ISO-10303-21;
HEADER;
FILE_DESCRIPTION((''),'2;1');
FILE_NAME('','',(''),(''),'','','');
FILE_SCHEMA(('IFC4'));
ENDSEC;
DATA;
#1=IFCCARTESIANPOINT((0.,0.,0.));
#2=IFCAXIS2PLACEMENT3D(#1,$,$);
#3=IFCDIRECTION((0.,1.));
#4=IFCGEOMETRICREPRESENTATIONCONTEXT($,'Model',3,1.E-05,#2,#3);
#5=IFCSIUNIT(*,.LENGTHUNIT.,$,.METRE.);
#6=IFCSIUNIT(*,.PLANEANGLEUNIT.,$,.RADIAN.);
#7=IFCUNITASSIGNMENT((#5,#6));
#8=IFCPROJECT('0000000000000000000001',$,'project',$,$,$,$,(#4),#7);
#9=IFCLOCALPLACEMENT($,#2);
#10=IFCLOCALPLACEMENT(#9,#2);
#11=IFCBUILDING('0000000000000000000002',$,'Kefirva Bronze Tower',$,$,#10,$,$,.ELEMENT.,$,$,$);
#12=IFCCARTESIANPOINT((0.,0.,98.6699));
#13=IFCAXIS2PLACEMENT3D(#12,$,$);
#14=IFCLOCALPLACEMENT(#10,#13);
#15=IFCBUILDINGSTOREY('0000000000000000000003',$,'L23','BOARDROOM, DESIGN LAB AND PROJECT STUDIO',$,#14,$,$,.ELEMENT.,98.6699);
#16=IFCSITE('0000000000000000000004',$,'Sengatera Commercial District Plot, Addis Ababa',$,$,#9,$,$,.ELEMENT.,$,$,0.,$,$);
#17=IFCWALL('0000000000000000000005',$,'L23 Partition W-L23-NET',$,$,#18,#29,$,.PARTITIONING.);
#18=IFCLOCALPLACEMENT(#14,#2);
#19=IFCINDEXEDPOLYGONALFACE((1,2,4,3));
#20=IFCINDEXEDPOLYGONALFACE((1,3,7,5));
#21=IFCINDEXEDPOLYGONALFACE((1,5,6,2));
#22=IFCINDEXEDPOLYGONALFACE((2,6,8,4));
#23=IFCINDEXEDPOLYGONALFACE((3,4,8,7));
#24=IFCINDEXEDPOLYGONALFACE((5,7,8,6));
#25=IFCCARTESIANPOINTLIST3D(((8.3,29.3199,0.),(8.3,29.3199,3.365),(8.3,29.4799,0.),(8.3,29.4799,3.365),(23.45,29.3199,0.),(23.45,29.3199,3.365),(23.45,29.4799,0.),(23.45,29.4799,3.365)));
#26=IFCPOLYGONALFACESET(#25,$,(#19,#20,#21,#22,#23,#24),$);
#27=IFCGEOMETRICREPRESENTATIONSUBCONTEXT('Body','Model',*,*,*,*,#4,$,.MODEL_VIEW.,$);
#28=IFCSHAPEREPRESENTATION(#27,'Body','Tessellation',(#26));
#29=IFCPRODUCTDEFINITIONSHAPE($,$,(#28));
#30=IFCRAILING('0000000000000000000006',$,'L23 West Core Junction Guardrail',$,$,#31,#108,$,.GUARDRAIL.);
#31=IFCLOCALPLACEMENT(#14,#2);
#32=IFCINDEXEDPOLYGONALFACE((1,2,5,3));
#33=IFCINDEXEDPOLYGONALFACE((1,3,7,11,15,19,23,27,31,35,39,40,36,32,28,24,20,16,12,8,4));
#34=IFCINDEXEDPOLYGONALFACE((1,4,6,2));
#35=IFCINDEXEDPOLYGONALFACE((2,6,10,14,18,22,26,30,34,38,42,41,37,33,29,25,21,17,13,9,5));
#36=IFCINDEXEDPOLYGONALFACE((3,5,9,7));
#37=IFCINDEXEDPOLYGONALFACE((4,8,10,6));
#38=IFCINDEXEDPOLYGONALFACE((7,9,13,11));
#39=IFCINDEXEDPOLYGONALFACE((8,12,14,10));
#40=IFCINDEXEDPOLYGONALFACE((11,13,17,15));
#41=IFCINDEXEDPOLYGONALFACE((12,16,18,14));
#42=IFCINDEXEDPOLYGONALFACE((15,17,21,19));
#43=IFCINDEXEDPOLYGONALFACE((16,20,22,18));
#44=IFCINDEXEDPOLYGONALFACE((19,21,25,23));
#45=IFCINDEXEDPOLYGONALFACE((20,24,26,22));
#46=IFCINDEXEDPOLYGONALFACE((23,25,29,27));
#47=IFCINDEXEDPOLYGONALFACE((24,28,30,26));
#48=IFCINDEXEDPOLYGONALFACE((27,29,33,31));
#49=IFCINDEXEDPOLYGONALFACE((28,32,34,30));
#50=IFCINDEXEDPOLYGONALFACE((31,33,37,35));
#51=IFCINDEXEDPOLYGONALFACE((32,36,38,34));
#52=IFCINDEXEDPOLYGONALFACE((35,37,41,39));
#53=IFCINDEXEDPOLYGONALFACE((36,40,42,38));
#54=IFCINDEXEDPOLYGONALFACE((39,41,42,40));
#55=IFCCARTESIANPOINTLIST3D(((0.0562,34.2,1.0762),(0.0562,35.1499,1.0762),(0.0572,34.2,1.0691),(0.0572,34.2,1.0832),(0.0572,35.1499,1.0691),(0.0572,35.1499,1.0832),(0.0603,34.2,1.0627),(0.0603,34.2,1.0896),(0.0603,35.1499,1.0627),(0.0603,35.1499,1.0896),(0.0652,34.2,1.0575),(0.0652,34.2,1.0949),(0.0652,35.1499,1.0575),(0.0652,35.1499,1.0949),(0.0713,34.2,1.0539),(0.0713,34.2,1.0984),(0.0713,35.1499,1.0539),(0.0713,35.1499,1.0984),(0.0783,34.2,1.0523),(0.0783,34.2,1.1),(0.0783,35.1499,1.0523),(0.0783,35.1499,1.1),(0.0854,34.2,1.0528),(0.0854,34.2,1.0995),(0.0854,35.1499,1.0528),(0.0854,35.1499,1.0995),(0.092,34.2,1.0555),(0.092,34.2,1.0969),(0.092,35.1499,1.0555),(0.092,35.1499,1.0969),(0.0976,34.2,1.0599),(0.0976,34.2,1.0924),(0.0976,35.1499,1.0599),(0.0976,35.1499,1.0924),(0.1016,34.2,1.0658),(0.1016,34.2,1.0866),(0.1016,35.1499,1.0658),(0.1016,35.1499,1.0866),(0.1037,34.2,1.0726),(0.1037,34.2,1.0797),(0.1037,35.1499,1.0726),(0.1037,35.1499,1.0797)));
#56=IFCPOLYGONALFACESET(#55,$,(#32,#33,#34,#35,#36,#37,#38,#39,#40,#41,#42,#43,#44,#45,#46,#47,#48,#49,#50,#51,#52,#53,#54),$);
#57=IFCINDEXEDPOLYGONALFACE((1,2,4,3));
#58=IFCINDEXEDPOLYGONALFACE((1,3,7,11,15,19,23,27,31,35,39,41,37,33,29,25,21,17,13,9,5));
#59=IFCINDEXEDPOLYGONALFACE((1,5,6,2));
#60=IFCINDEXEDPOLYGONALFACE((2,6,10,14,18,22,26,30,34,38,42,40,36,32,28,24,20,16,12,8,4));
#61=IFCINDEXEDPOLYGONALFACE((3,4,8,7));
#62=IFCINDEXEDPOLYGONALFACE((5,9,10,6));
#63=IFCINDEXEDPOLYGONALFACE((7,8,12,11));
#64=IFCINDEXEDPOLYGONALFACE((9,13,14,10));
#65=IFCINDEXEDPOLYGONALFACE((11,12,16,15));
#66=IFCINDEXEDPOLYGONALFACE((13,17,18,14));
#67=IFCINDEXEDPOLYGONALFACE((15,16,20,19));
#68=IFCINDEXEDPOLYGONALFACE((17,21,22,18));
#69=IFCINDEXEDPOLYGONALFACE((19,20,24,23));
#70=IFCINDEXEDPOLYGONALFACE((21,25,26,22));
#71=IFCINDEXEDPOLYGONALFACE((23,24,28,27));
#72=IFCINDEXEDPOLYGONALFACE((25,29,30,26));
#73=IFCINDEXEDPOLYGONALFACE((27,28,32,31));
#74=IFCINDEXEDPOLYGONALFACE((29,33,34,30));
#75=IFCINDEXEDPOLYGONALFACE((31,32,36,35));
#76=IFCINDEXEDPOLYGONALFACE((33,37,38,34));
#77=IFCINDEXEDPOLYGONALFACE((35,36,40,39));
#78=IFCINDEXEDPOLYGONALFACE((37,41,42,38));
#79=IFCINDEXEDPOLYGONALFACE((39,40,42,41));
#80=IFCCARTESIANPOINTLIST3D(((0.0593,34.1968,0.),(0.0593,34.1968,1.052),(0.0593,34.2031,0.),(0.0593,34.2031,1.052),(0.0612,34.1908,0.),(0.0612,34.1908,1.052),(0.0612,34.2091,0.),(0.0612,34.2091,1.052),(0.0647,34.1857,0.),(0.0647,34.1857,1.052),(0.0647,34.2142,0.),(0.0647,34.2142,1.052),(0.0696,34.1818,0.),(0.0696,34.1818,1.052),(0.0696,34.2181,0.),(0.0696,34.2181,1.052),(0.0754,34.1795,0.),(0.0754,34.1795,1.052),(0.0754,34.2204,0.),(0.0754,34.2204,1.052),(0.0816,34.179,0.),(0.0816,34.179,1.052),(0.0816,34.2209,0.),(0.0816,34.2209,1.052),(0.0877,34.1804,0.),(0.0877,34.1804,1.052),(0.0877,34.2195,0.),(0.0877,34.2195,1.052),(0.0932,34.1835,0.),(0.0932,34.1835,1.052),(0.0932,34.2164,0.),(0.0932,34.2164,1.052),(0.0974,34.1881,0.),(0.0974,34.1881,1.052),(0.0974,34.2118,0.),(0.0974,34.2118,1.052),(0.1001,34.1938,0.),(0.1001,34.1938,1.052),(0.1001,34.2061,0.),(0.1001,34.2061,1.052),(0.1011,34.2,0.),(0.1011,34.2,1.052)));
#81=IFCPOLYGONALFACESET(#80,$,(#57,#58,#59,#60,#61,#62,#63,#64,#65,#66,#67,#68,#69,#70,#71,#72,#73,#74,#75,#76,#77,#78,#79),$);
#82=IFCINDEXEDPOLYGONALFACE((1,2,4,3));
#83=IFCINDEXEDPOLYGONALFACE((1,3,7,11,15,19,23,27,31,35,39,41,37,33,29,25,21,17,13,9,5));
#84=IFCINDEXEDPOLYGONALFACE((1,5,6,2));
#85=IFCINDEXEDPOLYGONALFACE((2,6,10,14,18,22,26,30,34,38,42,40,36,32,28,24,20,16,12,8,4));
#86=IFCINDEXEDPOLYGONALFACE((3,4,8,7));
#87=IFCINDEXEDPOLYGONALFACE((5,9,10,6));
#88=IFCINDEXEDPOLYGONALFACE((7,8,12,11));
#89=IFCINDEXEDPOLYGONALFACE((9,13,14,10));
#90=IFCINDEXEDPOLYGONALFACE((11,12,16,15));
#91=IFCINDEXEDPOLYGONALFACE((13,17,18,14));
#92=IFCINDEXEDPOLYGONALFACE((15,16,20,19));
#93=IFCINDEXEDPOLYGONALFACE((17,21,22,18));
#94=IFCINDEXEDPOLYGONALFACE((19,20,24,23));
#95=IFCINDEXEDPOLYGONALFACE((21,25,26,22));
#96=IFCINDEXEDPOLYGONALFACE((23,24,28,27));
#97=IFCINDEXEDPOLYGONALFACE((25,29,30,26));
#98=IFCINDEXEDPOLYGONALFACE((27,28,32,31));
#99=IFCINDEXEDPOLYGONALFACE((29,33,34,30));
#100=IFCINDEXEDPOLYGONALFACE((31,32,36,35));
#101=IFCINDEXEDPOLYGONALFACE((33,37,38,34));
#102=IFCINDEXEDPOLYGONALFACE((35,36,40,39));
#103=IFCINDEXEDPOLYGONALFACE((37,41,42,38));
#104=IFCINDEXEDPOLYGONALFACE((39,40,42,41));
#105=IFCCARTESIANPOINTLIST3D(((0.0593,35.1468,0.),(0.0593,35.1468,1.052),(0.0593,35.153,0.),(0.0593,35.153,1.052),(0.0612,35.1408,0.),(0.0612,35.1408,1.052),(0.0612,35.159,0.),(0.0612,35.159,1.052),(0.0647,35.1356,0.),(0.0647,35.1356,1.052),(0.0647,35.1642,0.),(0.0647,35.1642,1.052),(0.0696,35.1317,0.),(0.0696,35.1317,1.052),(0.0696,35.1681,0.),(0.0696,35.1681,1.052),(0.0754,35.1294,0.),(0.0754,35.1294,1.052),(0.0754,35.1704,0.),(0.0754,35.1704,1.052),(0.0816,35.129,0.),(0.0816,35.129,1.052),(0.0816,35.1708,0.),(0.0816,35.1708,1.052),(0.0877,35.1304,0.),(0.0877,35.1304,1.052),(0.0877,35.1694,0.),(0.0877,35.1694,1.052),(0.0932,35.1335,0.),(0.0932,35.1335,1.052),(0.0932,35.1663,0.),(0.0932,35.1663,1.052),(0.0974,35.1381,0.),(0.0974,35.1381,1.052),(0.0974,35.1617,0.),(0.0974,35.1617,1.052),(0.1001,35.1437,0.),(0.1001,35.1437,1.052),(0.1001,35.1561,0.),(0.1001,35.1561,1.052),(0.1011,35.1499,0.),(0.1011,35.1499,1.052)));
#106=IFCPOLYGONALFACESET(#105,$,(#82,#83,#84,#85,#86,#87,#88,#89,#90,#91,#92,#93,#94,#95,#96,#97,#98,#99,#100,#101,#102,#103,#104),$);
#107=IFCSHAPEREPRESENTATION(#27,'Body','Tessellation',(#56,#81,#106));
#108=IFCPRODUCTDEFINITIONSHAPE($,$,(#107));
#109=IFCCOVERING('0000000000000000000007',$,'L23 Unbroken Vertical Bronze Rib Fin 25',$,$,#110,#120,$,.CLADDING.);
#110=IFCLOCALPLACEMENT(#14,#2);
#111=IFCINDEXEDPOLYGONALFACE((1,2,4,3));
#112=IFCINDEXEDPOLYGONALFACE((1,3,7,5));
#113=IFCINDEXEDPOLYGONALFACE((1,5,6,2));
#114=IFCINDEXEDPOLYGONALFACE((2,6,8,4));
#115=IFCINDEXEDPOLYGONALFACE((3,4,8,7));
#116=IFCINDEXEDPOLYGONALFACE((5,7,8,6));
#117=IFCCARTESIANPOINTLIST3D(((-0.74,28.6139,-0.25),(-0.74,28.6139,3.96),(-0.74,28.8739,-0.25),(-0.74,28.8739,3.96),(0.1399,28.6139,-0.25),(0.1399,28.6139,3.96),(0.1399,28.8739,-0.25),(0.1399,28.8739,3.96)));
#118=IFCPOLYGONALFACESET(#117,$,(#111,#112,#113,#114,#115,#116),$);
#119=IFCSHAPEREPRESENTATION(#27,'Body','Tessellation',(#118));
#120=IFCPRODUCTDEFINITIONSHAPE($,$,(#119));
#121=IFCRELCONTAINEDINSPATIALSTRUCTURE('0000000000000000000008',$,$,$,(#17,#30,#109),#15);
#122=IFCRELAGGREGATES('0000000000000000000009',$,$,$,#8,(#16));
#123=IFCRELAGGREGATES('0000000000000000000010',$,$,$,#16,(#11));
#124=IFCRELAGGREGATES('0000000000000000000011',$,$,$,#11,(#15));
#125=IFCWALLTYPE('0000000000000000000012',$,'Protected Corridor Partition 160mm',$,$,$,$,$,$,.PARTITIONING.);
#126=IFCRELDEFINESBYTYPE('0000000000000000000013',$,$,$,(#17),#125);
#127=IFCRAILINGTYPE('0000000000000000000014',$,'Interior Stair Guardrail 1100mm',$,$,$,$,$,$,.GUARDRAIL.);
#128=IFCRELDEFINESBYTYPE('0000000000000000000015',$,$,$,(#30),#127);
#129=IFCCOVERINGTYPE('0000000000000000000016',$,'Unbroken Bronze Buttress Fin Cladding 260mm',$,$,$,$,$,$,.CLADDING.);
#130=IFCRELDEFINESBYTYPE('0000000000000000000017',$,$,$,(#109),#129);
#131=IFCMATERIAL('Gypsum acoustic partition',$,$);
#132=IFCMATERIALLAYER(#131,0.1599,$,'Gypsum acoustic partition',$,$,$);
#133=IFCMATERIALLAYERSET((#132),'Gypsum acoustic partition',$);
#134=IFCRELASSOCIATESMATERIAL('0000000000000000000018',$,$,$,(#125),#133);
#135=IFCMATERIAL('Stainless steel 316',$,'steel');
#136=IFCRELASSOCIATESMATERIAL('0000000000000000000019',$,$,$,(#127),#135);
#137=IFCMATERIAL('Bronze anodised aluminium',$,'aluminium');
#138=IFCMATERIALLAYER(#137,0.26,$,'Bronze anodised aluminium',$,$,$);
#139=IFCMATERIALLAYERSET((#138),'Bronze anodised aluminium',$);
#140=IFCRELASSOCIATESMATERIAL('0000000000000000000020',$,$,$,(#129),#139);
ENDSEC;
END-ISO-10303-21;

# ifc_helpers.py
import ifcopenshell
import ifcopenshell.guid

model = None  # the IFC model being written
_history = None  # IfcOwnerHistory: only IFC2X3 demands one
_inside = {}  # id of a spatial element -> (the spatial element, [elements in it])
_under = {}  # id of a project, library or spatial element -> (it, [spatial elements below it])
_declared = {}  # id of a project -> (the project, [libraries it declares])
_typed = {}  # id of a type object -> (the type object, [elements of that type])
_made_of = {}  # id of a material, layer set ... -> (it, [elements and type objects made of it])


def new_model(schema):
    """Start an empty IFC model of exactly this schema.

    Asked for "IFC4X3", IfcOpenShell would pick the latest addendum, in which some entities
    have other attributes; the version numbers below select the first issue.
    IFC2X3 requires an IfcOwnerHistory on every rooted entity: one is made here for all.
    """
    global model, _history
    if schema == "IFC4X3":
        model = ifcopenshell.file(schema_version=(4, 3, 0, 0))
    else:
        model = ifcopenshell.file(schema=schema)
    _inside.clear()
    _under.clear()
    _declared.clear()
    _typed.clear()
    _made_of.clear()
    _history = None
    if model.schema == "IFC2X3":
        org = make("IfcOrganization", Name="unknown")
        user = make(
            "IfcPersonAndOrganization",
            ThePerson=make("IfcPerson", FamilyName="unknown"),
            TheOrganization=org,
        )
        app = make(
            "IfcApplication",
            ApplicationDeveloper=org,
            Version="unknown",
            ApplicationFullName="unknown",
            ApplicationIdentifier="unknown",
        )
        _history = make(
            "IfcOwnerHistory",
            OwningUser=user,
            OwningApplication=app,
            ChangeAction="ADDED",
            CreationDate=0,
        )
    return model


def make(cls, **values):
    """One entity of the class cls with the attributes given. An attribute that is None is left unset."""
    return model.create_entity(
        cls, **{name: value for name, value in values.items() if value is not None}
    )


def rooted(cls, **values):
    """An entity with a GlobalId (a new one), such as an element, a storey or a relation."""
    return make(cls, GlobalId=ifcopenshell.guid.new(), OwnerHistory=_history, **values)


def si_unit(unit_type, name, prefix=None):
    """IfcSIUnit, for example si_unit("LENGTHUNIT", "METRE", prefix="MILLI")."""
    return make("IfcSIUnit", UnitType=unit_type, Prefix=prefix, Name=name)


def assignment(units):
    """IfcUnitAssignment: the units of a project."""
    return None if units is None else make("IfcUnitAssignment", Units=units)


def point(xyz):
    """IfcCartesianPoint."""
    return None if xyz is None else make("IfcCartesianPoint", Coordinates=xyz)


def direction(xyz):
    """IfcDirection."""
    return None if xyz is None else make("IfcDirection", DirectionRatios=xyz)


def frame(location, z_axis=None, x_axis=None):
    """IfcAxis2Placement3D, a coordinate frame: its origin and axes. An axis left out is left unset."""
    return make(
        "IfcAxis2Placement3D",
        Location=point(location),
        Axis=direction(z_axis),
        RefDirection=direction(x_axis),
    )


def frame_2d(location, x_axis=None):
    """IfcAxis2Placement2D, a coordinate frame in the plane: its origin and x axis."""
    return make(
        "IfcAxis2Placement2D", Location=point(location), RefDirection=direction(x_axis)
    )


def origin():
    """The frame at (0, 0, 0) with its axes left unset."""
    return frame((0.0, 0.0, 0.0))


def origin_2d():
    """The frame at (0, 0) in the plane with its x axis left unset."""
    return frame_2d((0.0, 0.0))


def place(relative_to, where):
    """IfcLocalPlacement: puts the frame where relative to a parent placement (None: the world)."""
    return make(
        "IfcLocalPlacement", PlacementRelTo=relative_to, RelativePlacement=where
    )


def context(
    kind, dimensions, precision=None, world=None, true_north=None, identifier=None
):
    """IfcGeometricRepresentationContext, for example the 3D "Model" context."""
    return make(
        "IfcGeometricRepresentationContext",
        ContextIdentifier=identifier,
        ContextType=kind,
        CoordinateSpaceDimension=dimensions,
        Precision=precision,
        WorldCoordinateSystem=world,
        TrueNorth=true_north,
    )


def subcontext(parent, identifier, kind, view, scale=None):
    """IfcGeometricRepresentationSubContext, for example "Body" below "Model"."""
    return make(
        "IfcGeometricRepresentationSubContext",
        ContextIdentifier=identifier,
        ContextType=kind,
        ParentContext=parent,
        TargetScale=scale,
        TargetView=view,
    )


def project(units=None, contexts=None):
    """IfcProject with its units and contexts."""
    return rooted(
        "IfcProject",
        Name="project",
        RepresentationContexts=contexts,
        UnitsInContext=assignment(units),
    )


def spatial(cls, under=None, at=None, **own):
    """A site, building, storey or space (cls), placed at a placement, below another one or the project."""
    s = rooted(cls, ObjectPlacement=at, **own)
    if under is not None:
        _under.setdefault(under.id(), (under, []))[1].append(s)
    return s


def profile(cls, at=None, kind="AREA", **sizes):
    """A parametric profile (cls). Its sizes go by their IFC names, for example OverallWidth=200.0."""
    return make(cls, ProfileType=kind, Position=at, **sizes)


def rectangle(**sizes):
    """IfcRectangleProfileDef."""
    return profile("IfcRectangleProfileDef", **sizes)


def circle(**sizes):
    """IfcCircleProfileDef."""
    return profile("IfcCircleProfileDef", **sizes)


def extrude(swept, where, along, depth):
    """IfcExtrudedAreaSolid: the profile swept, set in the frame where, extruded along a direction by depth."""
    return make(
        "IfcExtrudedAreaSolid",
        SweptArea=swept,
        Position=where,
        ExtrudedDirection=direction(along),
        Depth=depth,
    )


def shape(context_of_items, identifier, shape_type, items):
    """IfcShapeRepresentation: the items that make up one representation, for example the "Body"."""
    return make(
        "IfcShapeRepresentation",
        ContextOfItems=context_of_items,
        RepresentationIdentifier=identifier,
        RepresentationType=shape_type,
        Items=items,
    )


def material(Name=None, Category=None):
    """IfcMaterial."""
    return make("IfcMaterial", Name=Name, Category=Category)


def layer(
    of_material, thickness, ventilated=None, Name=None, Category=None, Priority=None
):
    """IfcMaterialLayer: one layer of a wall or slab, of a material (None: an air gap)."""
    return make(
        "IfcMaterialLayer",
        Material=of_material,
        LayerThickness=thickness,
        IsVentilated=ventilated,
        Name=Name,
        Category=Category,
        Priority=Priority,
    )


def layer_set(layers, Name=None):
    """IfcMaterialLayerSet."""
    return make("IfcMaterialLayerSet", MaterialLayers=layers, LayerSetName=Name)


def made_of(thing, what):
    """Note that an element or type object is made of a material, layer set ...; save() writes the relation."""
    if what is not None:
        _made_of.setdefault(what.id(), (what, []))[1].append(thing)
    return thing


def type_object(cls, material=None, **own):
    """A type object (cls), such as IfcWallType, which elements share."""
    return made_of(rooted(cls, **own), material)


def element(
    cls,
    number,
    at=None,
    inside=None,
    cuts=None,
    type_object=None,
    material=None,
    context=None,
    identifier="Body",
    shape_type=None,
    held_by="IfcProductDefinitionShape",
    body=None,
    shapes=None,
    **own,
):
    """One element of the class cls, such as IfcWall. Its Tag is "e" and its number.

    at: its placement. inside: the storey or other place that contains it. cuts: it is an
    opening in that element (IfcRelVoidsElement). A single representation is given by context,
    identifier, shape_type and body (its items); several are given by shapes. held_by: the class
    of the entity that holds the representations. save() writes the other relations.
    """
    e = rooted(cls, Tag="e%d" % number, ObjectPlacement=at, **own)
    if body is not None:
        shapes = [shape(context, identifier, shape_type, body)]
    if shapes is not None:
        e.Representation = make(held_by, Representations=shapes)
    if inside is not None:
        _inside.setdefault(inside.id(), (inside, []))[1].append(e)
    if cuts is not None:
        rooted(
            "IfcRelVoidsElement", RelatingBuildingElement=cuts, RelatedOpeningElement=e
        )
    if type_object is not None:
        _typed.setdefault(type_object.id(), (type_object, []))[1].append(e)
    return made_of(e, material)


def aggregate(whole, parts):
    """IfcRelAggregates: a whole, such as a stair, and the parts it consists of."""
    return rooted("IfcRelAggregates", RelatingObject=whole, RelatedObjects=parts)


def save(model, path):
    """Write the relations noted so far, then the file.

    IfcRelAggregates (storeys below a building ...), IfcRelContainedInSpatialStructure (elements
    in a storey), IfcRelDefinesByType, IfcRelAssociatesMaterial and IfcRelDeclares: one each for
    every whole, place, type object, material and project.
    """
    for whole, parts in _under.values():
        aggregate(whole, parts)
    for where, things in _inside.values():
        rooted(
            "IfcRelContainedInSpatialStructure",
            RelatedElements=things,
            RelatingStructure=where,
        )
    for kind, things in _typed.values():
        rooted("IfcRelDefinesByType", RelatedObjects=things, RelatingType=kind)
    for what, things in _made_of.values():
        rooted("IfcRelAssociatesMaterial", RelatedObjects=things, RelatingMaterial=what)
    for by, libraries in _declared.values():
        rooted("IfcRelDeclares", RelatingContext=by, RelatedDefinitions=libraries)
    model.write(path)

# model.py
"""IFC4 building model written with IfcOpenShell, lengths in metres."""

from ifc_helpers import new_model, si_unit, direction, frame, frame_2d, origin, origin_2d, place, context, subcontext, project, spatial, rectangle, circle, extrude, material, layer, layer_set, type_object, element, save


model = new_model("IFC4")

# Units and contexts
model_context = context("Model", 3, precision=1e-05, world=origin(), true_north=direction((0.0, 1.0)))
body_context = subcontext(model_context, "Body", "Model", "MODEL_VIEW")
ifc_project = project(units=[si_unit("LENGTHUNIT", "METRE"), si_unit("PLANEANGLEUNIT", "RADIAN")], contexts=[model_context])

# Site, building, storey
site_placement = place(None, origin())
site = spatial("IfcSite", under=ifc_project, at=site_placement, Name="Sengatera Commercial District Plot, Addis Ababa", CompositionType="ELEMENT", RefElevation=0.0)
building_placement = place(site_placement, origin())
building = spatial("IfcBuilding", under=site, at=building_placement, Name="Kefirva Bronze Tower", CompositionType="ELEMENT")
storey_placement = place(building_placement, frame((0.0, 0.0, 98.6699)))
storey = spatial("IfcBuildingStorey", under=building, at=storey_placement, Name="L23", Description="BOARDROOM, DESIGN LAB AND PROJECT STUDIO", CompositionType="ELEMENT", Elevation=98.6699)

# Shared definitions
ifc_material_1 = material(Name="Bronze anodised aluminium", Category="aluminium")

# Wall
ifc_material_2 = material(Name="Gypsum acoustic partition")
ifc_layer_1 = layer(ifc_material_2, 0.1599, Name="Gypsum acoustic partition")
ifc_layer_set_1 = layer_set([ifc_layer_1], Name="Gypsum acoustic partition")
wall_type_1 = type_object("IfcWallType", Name="Protected Corridor Partition 160mm", PredefinedType="PARTITIONING", material=ifc_layer_set_1)
wall_1_placement = place(storey_placement, frame((8.3, 29.3999, 0.0), z_axis=(0.0, 0.0, 1.0), x_axis=(1.0, 0.0, 0.0)))
element("IfcWall", 1, at=wall_1_placement, inside=storey, type_object=wall_type_1, Name="L23 Partition W-L23-NET", PredefinedType="PARTITIONING", context=body_context, shape_type="SweptSolid", body=[
    extrude(rectangle(XDim=15.1499, YDim=0.1599, at=frame_2d((7.575, 0.0))), origin(), (0.0, 0.0, 1.0), 3.365),
])

# Railing
ifc_material_3 = material(Name="Stainless steel 316", Category="steel")
railing_type = type_object("IfcRailingType", Name="Interior Stair Guardrail 1100mm", PredefinedType="GUARDRAIL", material=ifc_material_3)
railing_placement = place(storey_placement, frame((0.0801, 34.2, 0.0)))
element("IfcRailing", 2, at=railing_placement, inside=storey, type_object=railing_type, Name="L23 West Core Junction Guardrail", PredefinedType="GUARDRAIL", context=body_context, shape_type="SweptSolid", body=[
    extrude(circle(Radius=0.0239, at=origin_2d()), frame((0.0, 0.0, 1.0762), z_axis=(0.0, 1.0, 0.0), x_axis=(-1.0, 0.0, 0.0)), (0.0, 0.0, 1.0), 0.95),
    extrude(circle(Radius=0.021, at=origin_2d()), origin(), (0.0, 0.0, 1.0), 1.052),
    extrude(circle(Radius=0.021, at=origin_2d()), frame((0.0, 0.95, 0.0)), (0.0, 0.0, 1.0), 1.052),
])

# Covering
ifc_layer_2 = layer(ifc_material_1, 0.26, Name="Bronze anodised aluminium")
ifc_layer_set_2 = layer_set([ifc_layer_2], Name="Bronze anodised aluminium")
covering_type = type_object("IfcCoveringType", Name="Unbroken Bronze Buttress Fin Cladding 260mm", PredefinedType="CLADDING", material=ifc_layer_set_2)
covering_placement = place(storey_placement, frame((-0.3, 28.7439, -0.25), z_axis=(0.0, 0.0, 1.0), x_axis=(0.0, -1.0, 0.0)))
element("IfcCovering", 3, at=covering_placement, inside=storey, type_object=covering_type, Name="L23 Unbroken Vertical Bronze Rib Fin 25", PredefinedType="CLADDING", context=body_context, shape_type="SweptSolid", body=[
    extrude(rectangle(XDim=0.26, YDim=0.8799, at=origin_2d()), origin(), (0.0, 0.0, 1.0), 4.21),
])

save(model, "model.ifc")
